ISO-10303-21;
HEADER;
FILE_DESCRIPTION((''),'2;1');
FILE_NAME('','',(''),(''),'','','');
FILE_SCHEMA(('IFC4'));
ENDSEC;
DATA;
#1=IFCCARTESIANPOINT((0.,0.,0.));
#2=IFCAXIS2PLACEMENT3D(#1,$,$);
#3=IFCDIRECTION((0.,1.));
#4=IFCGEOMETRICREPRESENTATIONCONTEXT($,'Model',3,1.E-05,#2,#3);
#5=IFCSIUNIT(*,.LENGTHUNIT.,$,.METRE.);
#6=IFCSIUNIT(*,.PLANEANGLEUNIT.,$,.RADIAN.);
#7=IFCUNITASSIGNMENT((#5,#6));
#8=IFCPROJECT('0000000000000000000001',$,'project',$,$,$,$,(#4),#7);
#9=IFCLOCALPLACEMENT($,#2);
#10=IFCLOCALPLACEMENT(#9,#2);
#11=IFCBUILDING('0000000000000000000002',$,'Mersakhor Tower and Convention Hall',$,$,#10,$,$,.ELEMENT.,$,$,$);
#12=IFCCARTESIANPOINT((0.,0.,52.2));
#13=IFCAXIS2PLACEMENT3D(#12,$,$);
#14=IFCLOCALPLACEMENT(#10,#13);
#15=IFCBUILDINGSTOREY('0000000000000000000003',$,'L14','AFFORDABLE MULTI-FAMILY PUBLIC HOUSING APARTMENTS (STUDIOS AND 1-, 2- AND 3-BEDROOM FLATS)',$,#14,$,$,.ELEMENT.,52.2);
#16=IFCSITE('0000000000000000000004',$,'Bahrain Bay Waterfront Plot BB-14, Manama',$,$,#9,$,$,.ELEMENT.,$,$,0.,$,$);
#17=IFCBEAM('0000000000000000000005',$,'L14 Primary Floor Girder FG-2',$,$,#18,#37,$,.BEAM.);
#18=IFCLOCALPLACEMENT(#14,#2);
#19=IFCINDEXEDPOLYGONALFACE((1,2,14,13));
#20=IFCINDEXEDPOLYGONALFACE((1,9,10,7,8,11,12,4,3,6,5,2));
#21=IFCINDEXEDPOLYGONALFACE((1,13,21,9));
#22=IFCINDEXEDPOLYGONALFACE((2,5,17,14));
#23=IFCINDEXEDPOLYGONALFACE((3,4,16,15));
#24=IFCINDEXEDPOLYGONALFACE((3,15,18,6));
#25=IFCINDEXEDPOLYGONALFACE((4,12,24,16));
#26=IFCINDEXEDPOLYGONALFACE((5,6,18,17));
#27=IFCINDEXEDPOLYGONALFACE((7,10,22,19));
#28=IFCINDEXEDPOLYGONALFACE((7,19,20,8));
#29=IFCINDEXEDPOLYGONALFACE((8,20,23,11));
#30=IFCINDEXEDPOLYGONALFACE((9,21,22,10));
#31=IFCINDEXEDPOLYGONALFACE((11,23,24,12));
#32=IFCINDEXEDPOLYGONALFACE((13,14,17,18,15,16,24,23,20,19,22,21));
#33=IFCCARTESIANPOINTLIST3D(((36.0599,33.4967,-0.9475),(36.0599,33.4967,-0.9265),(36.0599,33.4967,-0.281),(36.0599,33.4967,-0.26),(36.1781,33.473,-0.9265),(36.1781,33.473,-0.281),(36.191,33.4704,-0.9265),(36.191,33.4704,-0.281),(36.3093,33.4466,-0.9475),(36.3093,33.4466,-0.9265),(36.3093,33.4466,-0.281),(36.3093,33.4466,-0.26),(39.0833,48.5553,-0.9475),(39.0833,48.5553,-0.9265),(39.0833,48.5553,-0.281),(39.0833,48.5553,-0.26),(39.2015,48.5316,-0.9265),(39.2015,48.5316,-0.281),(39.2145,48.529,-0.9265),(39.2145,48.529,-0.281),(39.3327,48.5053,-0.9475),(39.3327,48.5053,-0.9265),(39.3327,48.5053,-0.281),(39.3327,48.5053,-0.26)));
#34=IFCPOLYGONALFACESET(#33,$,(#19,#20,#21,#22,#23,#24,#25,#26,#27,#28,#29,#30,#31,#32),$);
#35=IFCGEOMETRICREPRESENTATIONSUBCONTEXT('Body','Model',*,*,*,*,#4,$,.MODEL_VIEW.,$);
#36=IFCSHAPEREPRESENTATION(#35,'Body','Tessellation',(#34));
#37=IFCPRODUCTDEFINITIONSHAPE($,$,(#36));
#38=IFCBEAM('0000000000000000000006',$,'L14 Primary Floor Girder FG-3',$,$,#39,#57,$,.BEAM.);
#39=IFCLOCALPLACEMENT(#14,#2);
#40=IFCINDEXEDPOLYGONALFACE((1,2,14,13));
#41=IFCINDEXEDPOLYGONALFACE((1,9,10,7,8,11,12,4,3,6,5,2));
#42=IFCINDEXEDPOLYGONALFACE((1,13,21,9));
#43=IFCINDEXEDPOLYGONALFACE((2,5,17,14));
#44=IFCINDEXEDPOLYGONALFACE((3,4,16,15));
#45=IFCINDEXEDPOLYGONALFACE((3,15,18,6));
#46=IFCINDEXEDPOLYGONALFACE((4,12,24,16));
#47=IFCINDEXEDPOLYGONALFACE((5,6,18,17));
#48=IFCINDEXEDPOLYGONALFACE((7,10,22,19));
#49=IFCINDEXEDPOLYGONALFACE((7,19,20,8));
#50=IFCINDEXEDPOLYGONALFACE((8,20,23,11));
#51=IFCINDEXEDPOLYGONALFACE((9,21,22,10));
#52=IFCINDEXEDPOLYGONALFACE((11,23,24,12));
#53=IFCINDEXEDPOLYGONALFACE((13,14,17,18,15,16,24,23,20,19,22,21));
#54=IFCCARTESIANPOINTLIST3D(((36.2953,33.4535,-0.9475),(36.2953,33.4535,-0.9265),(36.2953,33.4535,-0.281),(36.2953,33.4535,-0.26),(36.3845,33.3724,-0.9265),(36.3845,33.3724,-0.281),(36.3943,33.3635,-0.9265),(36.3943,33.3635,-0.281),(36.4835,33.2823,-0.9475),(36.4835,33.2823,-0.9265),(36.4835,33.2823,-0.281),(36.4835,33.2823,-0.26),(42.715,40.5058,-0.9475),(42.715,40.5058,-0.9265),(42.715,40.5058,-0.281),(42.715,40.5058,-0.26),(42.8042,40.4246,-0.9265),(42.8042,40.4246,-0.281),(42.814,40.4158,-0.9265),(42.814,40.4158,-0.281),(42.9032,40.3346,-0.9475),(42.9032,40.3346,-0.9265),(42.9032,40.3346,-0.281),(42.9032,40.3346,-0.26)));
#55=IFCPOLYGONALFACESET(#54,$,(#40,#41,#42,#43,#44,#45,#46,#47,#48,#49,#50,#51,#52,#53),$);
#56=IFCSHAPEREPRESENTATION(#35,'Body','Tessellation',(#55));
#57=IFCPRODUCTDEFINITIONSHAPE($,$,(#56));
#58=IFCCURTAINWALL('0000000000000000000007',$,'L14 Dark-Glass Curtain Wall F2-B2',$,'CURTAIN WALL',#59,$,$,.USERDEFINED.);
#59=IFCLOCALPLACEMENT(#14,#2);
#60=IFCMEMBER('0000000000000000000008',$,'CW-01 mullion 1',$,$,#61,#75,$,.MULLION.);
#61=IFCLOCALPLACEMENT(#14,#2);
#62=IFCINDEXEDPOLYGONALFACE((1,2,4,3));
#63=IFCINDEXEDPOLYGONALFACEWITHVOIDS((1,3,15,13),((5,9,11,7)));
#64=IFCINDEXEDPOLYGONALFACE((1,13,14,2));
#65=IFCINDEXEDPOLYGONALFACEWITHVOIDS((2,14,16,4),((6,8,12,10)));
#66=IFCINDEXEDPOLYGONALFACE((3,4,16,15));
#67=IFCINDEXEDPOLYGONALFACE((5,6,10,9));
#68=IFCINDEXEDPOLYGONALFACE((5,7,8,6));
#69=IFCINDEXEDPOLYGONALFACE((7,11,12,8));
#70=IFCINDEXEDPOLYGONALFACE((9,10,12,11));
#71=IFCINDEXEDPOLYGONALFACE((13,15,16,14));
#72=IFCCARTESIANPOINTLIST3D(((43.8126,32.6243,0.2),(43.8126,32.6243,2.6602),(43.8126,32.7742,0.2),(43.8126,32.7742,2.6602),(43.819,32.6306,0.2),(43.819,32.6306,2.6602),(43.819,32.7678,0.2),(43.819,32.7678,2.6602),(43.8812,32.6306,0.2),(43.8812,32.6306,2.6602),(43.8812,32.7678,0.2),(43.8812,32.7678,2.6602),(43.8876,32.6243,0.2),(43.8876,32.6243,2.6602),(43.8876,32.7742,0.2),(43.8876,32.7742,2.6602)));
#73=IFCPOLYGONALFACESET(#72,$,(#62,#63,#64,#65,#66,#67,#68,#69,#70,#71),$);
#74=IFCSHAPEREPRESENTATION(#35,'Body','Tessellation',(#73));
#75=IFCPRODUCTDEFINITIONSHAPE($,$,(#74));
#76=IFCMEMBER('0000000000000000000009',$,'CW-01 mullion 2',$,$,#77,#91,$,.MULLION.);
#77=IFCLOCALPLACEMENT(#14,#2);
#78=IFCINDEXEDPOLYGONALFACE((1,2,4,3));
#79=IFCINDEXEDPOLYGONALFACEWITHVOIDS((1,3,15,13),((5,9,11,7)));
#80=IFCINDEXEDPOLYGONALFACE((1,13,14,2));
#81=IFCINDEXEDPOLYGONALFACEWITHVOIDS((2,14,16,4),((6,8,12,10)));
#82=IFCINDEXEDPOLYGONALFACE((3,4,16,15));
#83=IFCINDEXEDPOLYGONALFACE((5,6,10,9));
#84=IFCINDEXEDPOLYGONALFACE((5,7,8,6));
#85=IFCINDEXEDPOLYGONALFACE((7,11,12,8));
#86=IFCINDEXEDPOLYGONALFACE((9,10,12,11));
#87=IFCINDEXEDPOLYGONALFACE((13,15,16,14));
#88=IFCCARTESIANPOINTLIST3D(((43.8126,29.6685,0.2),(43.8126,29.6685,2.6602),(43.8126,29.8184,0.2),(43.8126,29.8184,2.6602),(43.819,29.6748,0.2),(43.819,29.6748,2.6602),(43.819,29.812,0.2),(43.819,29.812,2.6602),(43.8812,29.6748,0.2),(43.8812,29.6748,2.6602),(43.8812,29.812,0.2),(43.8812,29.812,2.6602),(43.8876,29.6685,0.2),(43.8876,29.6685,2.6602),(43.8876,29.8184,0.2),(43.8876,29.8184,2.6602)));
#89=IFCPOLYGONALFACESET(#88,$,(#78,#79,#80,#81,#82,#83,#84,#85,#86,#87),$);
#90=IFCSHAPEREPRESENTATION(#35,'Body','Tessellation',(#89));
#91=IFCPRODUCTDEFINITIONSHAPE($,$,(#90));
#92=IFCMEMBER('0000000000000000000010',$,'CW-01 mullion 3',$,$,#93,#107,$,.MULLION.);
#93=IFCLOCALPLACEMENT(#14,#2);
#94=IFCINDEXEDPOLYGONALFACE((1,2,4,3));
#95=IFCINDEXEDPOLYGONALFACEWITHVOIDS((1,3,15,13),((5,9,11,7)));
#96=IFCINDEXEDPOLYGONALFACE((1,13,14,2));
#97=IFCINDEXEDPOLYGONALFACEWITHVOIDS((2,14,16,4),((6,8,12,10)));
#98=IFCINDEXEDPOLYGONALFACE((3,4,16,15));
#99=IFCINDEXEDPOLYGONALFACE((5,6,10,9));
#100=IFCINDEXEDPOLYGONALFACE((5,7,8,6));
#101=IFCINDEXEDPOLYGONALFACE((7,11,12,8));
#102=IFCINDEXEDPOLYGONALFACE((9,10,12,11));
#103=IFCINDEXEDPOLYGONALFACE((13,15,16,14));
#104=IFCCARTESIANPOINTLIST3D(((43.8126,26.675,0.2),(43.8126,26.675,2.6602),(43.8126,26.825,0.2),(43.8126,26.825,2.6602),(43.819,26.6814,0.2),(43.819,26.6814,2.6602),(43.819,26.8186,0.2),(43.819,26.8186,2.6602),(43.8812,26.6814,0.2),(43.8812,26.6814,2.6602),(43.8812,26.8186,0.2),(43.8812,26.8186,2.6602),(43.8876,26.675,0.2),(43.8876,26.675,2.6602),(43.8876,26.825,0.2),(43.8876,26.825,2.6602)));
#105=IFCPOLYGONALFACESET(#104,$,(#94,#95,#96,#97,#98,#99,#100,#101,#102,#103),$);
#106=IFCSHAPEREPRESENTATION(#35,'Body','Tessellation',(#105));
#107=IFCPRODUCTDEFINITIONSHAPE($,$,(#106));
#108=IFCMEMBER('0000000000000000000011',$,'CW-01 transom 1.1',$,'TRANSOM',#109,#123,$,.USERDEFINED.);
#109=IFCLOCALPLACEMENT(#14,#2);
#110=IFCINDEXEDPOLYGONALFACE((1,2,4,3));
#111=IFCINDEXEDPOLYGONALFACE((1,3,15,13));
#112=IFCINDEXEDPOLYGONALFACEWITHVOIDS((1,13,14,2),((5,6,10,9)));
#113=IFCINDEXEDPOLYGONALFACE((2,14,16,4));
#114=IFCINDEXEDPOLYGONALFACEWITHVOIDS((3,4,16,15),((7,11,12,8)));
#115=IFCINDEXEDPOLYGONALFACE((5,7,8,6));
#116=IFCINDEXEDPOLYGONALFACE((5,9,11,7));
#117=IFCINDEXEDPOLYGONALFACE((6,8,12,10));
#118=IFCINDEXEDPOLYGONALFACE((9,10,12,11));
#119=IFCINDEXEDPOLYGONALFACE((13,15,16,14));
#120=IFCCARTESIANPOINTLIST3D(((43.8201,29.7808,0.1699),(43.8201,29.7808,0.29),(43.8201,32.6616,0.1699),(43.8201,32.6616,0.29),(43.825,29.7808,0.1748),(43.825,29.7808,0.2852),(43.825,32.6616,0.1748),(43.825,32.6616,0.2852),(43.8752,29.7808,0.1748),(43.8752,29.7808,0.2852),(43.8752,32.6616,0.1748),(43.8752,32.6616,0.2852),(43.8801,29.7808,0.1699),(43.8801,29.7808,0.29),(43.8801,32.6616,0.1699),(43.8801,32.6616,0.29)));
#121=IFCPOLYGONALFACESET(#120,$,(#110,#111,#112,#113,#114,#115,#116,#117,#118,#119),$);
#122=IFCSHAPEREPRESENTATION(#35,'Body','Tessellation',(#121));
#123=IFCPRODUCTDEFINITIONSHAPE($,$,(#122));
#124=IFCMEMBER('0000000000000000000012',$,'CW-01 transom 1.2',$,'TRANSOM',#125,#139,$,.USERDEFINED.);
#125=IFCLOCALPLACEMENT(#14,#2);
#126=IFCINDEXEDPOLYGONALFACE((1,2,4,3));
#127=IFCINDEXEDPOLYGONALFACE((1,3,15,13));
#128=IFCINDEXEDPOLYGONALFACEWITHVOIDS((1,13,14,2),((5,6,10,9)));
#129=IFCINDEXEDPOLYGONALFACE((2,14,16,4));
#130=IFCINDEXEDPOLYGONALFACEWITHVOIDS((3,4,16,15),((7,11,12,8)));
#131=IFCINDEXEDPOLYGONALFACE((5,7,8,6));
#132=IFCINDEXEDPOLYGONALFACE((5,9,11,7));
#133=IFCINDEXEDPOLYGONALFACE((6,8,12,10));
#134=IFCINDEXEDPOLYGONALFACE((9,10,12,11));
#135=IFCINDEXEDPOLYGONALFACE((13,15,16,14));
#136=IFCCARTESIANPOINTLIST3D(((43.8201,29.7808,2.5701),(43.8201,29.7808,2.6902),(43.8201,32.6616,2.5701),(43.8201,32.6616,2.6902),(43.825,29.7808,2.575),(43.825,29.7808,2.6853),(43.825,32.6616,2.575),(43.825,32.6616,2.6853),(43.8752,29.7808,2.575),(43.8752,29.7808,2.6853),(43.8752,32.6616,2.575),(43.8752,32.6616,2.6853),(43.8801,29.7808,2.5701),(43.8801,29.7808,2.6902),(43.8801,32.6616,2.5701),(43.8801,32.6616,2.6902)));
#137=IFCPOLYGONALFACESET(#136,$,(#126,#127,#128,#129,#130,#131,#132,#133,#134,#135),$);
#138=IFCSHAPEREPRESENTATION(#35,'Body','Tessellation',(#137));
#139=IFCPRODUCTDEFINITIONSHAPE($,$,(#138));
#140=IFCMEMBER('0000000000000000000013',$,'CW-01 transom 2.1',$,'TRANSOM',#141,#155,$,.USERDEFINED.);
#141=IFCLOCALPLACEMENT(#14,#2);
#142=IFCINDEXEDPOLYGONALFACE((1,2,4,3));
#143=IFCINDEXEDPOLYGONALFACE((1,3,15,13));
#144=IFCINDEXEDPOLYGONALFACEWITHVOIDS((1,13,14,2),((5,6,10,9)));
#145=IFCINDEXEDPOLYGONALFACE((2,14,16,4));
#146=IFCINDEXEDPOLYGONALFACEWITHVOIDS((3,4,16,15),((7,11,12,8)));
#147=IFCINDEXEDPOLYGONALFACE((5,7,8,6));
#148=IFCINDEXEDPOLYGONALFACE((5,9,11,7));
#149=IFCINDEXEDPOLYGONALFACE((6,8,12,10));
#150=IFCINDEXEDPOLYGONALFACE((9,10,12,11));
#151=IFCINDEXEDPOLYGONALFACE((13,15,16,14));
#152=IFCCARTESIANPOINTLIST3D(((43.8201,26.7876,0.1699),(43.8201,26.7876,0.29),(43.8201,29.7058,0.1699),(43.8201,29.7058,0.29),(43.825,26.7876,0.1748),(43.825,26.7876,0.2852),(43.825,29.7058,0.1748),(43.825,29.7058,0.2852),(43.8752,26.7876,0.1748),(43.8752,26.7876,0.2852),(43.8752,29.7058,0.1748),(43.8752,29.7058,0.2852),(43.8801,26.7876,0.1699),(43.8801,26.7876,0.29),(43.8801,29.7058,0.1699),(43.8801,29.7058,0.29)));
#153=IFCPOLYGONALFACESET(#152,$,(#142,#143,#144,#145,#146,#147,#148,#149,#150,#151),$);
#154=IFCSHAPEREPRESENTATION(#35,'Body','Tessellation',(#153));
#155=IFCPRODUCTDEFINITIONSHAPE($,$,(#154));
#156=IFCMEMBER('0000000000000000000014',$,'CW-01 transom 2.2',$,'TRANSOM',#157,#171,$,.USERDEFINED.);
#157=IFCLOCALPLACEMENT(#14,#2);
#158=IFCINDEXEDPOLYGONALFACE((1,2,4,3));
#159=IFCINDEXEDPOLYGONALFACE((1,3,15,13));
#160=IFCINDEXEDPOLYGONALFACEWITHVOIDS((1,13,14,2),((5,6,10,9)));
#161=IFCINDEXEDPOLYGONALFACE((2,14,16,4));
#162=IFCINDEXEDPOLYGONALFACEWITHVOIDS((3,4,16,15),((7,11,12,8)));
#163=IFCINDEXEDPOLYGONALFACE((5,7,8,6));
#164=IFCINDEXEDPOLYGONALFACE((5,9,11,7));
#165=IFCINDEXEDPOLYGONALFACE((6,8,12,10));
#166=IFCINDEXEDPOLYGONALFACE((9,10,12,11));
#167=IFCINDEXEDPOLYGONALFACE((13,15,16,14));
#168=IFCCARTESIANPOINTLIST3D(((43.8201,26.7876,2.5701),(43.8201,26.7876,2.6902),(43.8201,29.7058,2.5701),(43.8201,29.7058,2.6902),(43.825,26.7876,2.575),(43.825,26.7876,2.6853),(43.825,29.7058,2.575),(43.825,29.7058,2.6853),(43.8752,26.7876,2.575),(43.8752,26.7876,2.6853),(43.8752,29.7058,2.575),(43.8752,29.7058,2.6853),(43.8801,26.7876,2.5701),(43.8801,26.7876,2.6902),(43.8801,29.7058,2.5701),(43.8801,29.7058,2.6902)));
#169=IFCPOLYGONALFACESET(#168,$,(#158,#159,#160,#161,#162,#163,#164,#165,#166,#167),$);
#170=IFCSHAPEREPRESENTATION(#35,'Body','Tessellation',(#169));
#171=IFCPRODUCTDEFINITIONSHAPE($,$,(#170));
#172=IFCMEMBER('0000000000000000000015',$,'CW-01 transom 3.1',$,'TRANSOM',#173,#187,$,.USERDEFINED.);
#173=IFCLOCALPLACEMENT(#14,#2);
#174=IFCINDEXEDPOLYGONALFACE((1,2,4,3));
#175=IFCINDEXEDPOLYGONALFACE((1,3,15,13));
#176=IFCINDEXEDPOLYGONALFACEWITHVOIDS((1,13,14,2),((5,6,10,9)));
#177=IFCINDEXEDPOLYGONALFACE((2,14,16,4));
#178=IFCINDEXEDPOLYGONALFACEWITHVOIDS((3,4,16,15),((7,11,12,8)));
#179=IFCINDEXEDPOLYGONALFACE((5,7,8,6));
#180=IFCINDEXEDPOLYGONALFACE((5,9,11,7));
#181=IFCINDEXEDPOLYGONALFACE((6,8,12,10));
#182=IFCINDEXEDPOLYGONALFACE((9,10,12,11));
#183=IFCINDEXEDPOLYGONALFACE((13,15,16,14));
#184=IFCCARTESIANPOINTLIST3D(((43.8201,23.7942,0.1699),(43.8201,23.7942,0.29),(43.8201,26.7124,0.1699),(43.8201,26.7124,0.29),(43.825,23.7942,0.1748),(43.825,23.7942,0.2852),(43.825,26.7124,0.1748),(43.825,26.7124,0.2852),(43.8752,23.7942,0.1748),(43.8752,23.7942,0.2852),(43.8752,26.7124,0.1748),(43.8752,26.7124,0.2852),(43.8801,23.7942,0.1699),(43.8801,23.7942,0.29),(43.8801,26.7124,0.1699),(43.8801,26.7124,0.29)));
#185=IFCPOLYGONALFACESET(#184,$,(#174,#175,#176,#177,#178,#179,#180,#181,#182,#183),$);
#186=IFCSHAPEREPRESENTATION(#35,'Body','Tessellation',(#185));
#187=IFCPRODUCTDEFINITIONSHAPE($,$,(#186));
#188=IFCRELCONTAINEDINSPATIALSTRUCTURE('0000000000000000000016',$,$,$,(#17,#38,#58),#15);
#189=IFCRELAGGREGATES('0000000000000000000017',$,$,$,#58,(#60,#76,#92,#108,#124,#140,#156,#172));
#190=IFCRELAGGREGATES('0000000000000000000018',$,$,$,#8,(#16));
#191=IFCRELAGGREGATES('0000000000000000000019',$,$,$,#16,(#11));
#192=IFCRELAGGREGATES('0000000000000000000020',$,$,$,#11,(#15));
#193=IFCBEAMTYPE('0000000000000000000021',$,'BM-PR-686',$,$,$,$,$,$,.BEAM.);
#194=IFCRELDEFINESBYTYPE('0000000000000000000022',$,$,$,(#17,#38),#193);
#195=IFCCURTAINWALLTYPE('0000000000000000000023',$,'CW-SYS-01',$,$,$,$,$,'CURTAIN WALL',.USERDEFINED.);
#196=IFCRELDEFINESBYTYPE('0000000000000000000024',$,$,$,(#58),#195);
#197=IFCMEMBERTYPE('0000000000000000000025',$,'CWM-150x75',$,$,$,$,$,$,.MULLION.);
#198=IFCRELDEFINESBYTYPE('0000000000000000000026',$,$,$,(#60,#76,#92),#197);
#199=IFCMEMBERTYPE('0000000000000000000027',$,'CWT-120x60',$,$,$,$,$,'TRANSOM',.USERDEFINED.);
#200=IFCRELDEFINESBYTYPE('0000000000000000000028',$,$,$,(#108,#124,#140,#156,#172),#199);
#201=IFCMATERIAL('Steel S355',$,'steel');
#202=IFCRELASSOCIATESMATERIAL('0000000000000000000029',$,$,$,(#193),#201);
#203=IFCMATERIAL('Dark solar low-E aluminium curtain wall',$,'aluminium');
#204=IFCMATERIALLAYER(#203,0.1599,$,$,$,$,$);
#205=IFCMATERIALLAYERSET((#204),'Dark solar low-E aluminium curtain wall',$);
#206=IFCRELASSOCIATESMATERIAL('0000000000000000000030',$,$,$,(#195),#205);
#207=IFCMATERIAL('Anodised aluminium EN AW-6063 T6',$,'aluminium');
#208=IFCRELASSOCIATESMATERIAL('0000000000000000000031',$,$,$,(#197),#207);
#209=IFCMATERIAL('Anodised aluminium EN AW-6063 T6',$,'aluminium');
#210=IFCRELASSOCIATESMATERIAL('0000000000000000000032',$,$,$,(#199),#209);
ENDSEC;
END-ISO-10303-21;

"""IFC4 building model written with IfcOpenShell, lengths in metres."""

from ifc_helpers import new_model, si_unit, direction, frame, origin, origin_2d, place, context, subcontext, project, spatial, hollow_rectangle, i_section, extrude, material, layer, layer_set, material_profile, profile_set, type_object, element, aggregate, save


model = new_model("IFC4")

# Units and contexts
model_context = context("Model", 3, precision=1e-05, world=origin(), true_north=direction((0.0, 1.0)))
body_context = subcontext(model_context, "Body", "Model", "MODEL_VIEW")
ifc_project = project(units=[si_unit("LENGTHUNIT", "METRE"), si_unit("PLANEANGLEUNIT", "RADIAN")], contexts=[model_context])

# Site, building, storey
site_placement = place(None, origin())
site = spatial("IfcSite", under=ifc_project, at=site_placement, Name="Bahrain Bay Waterfront Plot BB-14, Manama", CompositionType="ELEMENT", RefElevation=0.0)
building_placement = place(site_placement, origin())
building = spatial("IfcBuilding", under=site, at=building_placement, Name="Mersakhor Tower and Convention Hall", CompositionType="ELEMENT")
storey_placement = place(building_placement, frame((0.0, 0.0, 52.2)))
storey = spatial("IfcBuildingStorey", under=building, at=storey_placement, Name="L14", Description="AFFORDABLE MULTI-FAMILY PUBLIC HOUSING APARTMENTS (STUDIOS AND 1-, 2- AND 3-BEDROOM FLATS)", CompositionType="ELEMENT", Elevation=52.2)

# Beams
ifc_material_1 = material(Name="Steel S355", Category="steel")
ifc_material_profile_1 = material_profile(ifc_material_1, i_section(OverallWidth=0.2544, OverallDepth=0.6875, WebThickness=0.0132, FlangeThickness=0.021, at=origin_2d()), Name="UB 686x254x152")
ifc_profile_set_1 = profile_set([ifc_material_profile_1], Name="Steel S355")
beam_type = type_object("IfcBeamType", Name="BM-PR-686", PredefinedType="BEAM", material=ifc_profile_set_1)
beam_1_placement = place(storey_placement, frame((36.1846, 33.4717, -0.6038), z_axis=(0.19685, 0.980434, 0.0), x_axis=(-0.980434, 0.19685, 0.0)))
element("IfcBeam", 1, at=beam_1_placement, inside=storey, type_object=beam_type, Name="L14 Primary Floor Girder FG-2", PredefinedType="BEAM", context=body_context, shape_type="SweptSolid", body=[
    extrude(i_section(OverallWidth=0.2544, OverallDepth=0.6875, WebThickness=0.0132, FlangeThickness=0.021, at=origin_2d()), origin(), (0.0, 0.0, 1.0), 15.3591),
])
beam_2_placement = place(storey_placement, frame((36.3894, 33.3679, -0.6038), z_axis=(0.673163, 0.739494, 0.0), x_axis=(-0.739494, 0.673163, 0.0)))
element("IfcBeam", 2, at=beam_2_placement, inside=storey, type_object=beam_type, Name="L14 Primary Floor Girder FG-3", PredefinedType="BEAM", context=body_context, shape_type="SweptSolid", body=[
    extrude(i_section(OverallWidth=0.2544, OverallDepth=0.6875, WebThickness=0.0132, FlangeThickness=0.021, at=origin_2d()), origin(), (0.0, 0.0, 1.0), 9.5366),
])

# Curtain wall, members
ifc_material_2 = material(Name="Dark solar low-E aluminium curtain wall", Category="aluminium")
ifc_layer_1 = layer(ifc_material_2, 0.1599)
ifc_layer_set_1 = layer_set([ifc_layer_1], Name="Dark solar low-E aluminium curtain wall")
curtain_wall_type = type_object("IfcCurtainWallType", Name="CW-SYS-01", ElementType="CURTAIN WALL", PredefinedType="USERDEFINED", material=ifc_layer_set_1)
curtain_wall_placement = place(storey_placement, origin())
curtain_wall = element("IfcCurtainWall", 3, at=curtain_wall_placement, inside=storey, type_object=curtain_wall_type, Name="L14 Dark-Glass Curtain Wall F2-B2", ObjectType="CURTAIN WALL", PredefinedType="USERDEFINED")
ifc_material_3 = material(Name="Anodised aluminium EN AW-6063 T6", Category="aluminium")
ifc_material_profile_2 = material_profile(ifc_material_3, hollow_rectangle(XDim=0.075, YDim=0.1499, WallThickness=0.0063, at=origin_2d()), Name="RHS 150x75x6.3")
ifc_profile_set_2 = profile_set([ifc_material_profile_2], Name="Anodised aluminium EN AW-6063 T6")
member_type_1 = type_object("IfcMemberType", Name="CWM-150x75", PredefinedType="MULLION", material=ifc_profile_set_2)
member_1_placement = place(storey_placement, frame((43.8501, 32.6992, 0.2), z_axis=(0.0, 0.0, 1.0), x_axis=(1.0, 0.0, 0.0)))
member_1 = element("IfcMember", 4, at=member_1_placement, type_object=member_type_1, Name="CW-01 mullion 1", PredefinedType="MULLION", context=body_context, shape_type="SweptSolid", body=[
    extrude(hollow_rectangle(XDim=0.075, YDim=0.1499, WallThickness=0.0063, at=origin_2d()), origin(), (0.0, 0.0, 1.0), 2.4602),
])
member_2_placement = place(storey_placement, frame((43.8501, 29.7434, 0.2), z_axis=(0.0, 0.0, 1.0), x_axis=(1.0, 0.0, 0.0)))
member_2 = element("IfcMember", 5, at=member_2_placement, type_object=member_type_1, Name="CW-01 mullion 2", PredefinedType="MULLION", context=body_context, shape_type="SweptSolid", body=[
    extrude(hollow_rectangle(XDim=0.075, YDim=0.1499, WallThickness=0.0063, at=origin_2d()), origin(), (0.0, 0.0, 1.0), 2.4602),
])
member_3_placement = place(storey_placement, frame((43.8501, 26.75, 0.2), z_axis=(0.0, 0.0, 1.0), x_axis=(1.0, 0.0, 0.0)))
member_3 = element("IfcMember", 6, at=member_3_placement, type_object=member_type_1, Name="CW-01 mullion 3", PredefinedType="MULLION", context=body_context, shape_type="SweptSolid", body=[
    extrude(hollow_rectangle(XDim=0.075, YDim=0.1499, WallThickness=0.0063, at=origin_2d()), origin(), (0.0, 0.0, 1.0), 2.4602),
])
ifc_material_4 = material(Name="Anodised aluminium EN AW-6063 T6", Category="aluminium")
ifc_material_profile_3 = material_profile(ifc_material_4, hollow_rectangle(XDim=0.0601, YDim=0.1201, WallThickness=0.0049, at=origin_2d()), Name="RHS 120x60x5")
ifc_profile_set_3 = profile_set([ifc_material_profile_3], Name="Anodised aluminium EN AW-6063 T6")
member_type_2 = type_object("IfcMemberType", Name="CWT-120x60", ElementType="TRANSOM", PredefinedType="USERDEFINED", material=ifc_profile_set_3)
member_4_placement = place(storey_placement, frame((43.8501, 32.6616, 0.23), z_axis=(0.0, -1.0, 0.0), x_axis=(1.0, 0.0, 0.0)))
member_4 = element("IfcMember", 7, at=member_4_placement, type_object=member_type_2, Name="CW-01 transom 1.1", ObjectType="TRANSOM", PredefinedType="USERDEFINED", context=body_context, shape_type="SweptSolid", body=[
    extrude(hollow_rectangle(XDim=0.0601, YDim=0.1201, WallThickness=0.0049, at=origin_2d()), origin(), (0.0, 0.0, 1.0), 2.8809),
])
member_5_placement = place(storey_placement, frame((43.8501, 32.6616, 2.6301), z_axis=(0.0, -1.0, 0.0), x_axis=(1.0, 0.0, 0.0)))
member_5 = element("IfcMember", 8, at=member_5_placement, type_object=member_type_2, Name="CW-01 transom 1.2", ObjectType="TRANSOM", PredefinedType="USERDEFINED", context=body_context, shape_type="SweptSolid", body=[
    extrude(hollow_rectangle(XDim=0.0601, YDim=0.1201, WallThickness=0.0049, at=origin_2d()), origin(), (0.0, 0.0, 1.0), 2.8809),
])
member_6_placement = place(storey_placement, frame((43.8501, 29.7058, 0.23), z_axis=(0.0, -1.0, 0.0), x_axis=(1.0, 0.0, 0.0)))
member_6 = element("IfcMember", 9, at=member_6_placement, type_object=member_type_2, Name="CW-01 transom 2.1", ObjectType="TRANSOM", PredefinedType="USERDEFINED", context=body_context, shape_type="SweptSolid", body=[
    extrude(hollow_rectangle(XDim=0.0601, YDim=0.1201, WallThickness=0.0049, at=origin_2d()), origin(), (0.0, 0.0, 1.0), 2.9182),
])
member_7_placement = place(storey_placement, frame((43.8501, 29.7058, 2.6301), z_axis=(0.0, -1.0, 0.0), x_axis=(1.0, 0.0, 0.0)))
member_7 = element("IfcMember", 10, at=member_7_placement, type_object=member_type_2, Name="CW-01 transom 2.2", ObjectType="TRANSOM", PredefinedType="USERDEFINED", context=body_context, shape_type="SweptSolid", body=[
    extrude(hollow_rectangle(XDim=0.0601, YDim=0.1201, WallThickness=0.0049, at=origin_2d()), origin(), (0.0, 0.0, 1.0), 2.9182),
])
member_8_placement = place(storey_placement, frame((43.8501, 26.7124, 0.23), z_axis=(0.0, -1.0, 0.0), x_axis=(1.0, 0.0, 0.0)))
member_8 = element("IfcMember", 11, at=member_8_placement, type_object=member_type_2, Name="CW-01 transom 3.1", ObjectType="TRANSOM", PredefinedType="USERDEFINED", context=body_context, shape_type="SweptSolid", body=[
    extrude(hollow_rectangle(XDim=0.0601, YDim=0.1201, WallThickness=0.0049, at=origin_2d()), origin(), (0.0, 0.0, 1.0), 2.9182),
])
aggregate(curtain_wall, [member_1, member_2, member_3, member_4, member_5, member_6, member_7, member_8])

save(model, "model.ifc")
